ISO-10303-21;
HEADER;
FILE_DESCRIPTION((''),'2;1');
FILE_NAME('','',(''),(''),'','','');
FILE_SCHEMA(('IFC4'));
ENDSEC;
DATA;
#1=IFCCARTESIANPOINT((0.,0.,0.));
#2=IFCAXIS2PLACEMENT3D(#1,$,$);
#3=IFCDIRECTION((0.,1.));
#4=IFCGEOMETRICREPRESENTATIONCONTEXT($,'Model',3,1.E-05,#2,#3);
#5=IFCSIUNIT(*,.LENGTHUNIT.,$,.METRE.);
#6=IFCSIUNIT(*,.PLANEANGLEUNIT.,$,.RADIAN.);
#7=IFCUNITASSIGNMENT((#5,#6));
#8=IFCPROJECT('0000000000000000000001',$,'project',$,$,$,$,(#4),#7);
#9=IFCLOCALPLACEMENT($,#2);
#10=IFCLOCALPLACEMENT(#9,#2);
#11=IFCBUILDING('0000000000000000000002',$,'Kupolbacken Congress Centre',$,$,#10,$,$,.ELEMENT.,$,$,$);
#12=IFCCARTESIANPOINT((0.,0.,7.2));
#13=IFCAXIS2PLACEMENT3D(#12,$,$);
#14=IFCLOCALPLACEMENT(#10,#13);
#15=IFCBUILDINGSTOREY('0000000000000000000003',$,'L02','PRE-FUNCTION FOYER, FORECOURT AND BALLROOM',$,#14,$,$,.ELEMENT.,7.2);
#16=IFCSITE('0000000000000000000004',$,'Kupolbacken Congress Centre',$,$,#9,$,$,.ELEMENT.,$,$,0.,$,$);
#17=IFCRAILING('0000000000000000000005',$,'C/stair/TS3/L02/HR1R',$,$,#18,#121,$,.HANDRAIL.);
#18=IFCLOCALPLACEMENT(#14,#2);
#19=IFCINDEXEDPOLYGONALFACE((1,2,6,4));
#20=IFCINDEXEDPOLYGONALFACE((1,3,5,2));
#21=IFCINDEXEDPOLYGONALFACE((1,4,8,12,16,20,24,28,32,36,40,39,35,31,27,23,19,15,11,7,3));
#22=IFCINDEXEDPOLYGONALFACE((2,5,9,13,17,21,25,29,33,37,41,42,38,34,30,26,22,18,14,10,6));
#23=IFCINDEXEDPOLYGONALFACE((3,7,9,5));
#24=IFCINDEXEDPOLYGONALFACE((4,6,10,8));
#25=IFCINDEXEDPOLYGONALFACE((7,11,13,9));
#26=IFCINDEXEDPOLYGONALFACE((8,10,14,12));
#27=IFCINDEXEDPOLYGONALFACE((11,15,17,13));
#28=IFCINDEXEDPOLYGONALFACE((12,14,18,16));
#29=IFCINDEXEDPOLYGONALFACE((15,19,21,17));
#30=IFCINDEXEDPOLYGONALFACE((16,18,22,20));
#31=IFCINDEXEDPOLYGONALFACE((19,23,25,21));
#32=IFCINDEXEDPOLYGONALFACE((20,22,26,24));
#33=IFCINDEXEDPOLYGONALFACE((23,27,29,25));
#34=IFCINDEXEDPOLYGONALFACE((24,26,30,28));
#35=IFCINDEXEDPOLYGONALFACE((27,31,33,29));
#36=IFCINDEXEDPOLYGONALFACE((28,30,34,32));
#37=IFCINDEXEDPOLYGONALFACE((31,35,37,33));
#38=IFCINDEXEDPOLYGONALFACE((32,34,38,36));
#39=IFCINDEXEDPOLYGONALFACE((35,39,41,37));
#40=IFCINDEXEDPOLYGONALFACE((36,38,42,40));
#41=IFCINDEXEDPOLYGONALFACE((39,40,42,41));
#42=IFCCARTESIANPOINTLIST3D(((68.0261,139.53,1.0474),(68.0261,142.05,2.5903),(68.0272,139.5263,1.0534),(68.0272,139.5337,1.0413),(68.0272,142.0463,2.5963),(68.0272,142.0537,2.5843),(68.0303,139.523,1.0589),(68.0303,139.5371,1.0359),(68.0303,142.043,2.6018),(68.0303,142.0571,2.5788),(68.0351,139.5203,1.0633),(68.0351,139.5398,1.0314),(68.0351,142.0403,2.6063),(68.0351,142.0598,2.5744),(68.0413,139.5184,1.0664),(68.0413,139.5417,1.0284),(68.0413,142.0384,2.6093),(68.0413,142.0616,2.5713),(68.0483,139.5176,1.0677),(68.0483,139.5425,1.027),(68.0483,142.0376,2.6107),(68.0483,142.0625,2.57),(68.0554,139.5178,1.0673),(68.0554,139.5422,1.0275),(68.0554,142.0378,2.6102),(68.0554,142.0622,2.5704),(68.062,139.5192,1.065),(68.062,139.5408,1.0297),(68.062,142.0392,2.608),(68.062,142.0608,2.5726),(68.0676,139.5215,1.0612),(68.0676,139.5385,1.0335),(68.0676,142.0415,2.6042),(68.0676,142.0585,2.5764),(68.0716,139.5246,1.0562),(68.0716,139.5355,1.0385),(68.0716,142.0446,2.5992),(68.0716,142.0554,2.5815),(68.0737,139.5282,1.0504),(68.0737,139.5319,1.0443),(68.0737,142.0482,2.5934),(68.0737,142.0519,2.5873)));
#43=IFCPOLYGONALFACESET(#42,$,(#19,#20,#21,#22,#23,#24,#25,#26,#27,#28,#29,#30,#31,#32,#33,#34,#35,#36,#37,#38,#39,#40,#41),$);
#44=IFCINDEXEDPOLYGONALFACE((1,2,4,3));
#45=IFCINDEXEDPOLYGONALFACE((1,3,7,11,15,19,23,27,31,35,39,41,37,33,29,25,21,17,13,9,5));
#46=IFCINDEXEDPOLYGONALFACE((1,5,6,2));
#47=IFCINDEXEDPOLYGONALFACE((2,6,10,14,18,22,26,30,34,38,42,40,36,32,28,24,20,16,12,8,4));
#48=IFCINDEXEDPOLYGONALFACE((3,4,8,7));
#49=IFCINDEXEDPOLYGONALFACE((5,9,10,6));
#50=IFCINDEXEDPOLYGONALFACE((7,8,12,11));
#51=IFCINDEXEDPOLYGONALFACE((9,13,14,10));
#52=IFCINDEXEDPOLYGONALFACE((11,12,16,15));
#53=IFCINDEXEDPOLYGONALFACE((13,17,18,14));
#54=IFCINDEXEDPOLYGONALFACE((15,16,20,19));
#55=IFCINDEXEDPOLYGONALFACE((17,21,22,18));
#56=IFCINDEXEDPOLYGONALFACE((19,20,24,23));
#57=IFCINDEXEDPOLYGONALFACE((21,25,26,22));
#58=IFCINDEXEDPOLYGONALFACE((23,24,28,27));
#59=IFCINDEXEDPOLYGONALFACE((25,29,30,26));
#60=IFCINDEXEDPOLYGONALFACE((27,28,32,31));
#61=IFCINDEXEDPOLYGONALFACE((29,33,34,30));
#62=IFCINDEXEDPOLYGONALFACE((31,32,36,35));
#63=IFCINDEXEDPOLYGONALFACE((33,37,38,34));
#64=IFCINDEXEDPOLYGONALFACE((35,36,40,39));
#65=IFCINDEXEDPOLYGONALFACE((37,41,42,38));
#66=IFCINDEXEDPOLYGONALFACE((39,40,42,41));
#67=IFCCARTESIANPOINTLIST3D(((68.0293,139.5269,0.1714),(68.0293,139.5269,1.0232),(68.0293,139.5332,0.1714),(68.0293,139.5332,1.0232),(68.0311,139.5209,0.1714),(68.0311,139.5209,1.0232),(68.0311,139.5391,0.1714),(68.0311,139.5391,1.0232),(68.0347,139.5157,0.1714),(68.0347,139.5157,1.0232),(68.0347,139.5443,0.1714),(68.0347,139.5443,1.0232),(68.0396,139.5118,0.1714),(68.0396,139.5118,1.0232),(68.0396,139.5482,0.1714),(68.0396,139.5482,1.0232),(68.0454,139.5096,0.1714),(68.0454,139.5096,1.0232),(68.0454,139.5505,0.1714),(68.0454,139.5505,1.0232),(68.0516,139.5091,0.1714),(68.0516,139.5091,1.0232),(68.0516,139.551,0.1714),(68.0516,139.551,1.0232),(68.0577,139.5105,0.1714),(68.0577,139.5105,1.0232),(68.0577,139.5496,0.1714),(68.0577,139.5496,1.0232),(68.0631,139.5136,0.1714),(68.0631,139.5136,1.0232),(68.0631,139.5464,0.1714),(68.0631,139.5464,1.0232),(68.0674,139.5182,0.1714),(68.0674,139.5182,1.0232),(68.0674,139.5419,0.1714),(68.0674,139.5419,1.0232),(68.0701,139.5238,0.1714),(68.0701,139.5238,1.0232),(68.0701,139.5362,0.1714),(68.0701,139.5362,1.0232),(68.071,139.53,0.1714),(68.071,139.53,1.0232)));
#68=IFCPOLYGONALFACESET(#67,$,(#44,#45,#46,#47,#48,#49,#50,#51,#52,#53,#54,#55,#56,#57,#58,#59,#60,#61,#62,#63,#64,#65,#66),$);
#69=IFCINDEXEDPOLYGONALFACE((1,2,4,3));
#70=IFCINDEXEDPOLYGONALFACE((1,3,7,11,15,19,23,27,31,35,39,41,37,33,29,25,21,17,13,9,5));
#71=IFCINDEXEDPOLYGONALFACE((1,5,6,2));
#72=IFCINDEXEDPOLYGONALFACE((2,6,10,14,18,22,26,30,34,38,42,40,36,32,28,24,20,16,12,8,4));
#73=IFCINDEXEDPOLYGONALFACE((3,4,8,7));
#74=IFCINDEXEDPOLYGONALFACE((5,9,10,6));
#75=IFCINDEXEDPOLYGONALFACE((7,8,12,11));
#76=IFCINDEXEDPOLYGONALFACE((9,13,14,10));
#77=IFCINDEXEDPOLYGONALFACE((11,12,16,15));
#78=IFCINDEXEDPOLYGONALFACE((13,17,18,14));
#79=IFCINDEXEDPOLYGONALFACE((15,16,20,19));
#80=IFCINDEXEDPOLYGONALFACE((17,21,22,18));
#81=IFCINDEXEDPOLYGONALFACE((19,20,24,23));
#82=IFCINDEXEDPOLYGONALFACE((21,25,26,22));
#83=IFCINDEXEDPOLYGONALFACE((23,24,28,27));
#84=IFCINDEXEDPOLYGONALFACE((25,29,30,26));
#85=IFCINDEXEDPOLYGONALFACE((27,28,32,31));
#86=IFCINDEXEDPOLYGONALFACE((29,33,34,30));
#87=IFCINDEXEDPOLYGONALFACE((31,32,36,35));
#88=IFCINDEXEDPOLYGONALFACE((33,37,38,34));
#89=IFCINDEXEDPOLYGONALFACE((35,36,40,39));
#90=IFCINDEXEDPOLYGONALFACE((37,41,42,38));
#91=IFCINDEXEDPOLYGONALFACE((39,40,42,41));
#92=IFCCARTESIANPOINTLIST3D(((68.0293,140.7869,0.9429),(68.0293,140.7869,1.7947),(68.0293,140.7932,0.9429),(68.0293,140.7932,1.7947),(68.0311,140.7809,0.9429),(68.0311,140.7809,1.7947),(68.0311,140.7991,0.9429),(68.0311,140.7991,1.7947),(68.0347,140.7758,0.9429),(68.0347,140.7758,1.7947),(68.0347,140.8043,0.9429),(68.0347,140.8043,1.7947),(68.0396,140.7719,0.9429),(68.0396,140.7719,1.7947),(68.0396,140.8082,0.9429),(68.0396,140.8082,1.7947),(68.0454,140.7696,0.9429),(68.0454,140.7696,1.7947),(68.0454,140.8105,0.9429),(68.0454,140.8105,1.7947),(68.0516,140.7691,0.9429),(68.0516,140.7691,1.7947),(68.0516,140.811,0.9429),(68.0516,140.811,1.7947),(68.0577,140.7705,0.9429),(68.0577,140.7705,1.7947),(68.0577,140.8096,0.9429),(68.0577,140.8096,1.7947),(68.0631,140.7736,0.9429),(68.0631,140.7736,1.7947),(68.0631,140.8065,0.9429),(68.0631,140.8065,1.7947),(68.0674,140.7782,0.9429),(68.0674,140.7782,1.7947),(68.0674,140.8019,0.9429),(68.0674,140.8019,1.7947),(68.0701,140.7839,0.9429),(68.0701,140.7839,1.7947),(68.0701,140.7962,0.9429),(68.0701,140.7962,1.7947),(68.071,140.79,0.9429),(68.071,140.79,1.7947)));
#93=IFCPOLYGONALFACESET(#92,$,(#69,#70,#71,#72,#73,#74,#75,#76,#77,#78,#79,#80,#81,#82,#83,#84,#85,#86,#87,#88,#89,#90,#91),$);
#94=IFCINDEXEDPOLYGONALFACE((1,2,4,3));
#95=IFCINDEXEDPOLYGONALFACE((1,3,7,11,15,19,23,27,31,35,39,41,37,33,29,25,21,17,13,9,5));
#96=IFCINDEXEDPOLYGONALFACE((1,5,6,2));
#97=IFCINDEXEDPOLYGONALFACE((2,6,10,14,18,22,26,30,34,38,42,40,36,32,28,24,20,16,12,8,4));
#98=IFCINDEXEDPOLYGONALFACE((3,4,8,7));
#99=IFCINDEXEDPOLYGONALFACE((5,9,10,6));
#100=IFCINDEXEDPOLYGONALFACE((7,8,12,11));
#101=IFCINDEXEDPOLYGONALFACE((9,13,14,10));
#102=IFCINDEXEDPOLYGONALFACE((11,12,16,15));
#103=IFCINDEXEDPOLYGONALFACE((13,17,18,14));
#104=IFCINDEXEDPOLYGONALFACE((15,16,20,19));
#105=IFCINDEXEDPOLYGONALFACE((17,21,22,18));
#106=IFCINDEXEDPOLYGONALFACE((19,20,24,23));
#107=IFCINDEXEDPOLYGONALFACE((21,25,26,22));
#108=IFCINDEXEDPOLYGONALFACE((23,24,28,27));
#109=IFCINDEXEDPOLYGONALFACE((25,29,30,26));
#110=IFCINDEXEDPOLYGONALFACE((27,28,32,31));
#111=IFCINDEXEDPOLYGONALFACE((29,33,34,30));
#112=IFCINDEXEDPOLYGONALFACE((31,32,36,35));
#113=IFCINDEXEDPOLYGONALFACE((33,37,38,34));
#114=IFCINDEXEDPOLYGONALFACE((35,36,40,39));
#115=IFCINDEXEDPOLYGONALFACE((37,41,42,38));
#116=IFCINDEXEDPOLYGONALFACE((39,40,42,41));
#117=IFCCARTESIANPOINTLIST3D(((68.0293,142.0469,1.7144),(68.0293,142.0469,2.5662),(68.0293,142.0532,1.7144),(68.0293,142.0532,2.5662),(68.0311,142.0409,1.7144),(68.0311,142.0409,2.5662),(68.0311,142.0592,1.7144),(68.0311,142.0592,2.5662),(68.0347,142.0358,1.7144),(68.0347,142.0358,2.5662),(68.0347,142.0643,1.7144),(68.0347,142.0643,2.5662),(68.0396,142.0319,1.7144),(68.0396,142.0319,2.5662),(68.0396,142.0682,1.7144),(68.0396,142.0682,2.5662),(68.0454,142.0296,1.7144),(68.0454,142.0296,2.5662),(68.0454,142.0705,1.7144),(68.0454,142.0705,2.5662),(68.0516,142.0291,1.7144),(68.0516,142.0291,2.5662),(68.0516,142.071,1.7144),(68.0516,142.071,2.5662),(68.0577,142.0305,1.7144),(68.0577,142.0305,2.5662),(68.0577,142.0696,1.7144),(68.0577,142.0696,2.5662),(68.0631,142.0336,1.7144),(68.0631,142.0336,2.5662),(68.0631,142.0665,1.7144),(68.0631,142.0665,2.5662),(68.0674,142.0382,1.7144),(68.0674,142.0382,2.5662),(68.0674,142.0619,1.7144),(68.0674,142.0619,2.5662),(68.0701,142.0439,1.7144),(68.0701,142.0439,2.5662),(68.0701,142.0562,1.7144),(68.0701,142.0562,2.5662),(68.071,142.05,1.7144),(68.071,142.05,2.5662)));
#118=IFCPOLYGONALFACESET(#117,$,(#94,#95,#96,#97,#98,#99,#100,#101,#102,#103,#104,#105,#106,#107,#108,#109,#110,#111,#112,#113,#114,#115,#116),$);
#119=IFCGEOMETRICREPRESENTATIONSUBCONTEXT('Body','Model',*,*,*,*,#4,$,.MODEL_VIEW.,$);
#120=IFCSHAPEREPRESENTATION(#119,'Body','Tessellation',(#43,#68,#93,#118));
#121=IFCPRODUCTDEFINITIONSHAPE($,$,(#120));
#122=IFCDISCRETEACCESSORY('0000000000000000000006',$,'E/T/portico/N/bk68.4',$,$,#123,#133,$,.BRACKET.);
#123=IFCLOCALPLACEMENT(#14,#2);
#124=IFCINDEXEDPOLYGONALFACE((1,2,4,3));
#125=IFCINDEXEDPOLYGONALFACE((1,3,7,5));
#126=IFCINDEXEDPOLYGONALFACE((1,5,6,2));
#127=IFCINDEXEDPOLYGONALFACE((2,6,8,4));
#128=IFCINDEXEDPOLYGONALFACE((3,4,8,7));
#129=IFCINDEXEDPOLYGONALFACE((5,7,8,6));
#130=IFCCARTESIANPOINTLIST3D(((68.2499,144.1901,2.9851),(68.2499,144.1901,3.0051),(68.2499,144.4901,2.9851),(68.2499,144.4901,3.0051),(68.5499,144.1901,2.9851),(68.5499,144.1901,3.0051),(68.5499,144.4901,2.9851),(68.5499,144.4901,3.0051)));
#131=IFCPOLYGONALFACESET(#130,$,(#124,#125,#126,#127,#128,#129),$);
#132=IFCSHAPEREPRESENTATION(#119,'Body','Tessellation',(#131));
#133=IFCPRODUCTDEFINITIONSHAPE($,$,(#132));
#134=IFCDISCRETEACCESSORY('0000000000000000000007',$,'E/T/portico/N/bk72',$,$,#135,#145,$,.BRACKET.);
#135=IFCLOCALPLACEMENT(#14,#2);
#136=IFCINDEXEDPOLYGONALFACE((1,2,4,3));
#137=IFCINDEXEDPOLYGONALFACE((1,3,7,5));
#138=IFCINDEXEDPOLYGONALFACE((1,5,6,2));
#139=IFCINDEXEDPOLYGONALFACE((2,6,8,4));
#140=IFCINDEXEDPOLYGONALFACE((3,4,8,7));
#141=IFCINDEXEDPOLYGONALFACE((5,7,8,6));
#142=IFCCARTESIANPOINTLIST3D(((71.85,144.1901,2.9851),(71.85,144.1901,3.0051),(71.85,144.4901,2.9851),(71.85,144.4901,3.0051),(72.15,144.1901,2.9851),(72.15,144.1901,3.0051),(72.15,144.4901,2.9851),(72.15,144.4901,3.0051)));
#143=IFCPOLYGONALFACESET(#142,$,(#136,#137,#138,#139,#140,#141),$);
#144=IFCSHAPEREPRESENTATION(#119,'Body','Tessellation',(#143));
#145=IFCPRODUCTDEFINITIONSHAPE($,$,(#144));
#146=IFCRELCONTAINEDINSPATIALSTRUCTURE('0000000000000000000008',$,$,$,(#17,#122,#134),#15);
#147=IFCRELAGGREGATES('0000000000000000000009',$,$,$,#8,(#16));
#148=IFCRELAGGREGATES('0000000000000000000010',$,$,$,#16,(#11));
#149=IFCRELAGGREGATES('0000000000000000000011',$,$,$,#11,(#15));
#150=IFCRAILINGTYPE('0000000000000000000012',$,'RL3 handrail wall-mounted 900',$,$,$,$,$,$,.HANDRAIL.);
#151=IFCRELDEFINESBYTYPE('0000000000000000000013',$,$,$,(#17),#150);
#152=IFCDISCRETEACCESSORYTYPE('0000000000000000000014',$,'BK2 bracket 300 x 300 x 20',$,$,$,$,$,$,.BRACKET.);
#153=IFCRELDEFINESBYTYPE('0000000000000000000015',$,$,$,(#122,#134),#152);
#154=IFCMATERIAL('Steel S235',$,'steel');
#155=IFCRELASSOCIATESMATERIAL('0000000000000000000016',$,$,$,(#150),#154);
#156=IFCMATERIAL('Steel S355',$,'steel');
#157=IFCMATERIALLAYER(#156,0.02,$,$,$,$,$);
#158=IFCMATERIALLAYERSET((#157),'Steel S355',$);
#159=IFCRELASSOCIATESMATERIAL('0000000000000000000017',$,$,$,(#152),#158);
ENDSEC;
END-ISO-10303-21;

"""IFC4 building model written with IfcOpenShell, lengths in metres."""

from ifc_helpers import new_model, si_unit, direction, frame, origin, origin_2d, place, context, subcontext, project, spatial, rectangle, circle, extrude, material, layer, layer_set, type_object, element, save


model = new_model("IFC4")

# Units and contexts
model_context = context("Model", 3, precision=1e-05, world=origin(), true_north=direction((0.0, 1.0)))
body_context = subcontext(model_context, "Body", "Model", "MODEL_VIEW")
ifc_project = project(units=[si_unit("LENGTHUNIT", "METRE"), si_unit("PLANEANGLEUNIT", "RADIAN")], contexts=[model_context])

# Site, building, storey
site_placement = place(None, origin())
site = spatial("IfcSite", under=ifc_project, at=site_placement, Name="Kupolbacken Congress Centre", CompositionType="ELEMENT", RefElevation=0.0)
building_placement = place(site_placement, origin())
building = spatial("IfcBuilding", under=site, at=building_placement, Name="Kupolbacken Congress Centre", CompositionType="ELEMENT")
storey_placement = place(building_placement, frame((0.0, 0.0, 7.2)))
storey = spatial("IfcBuildingStorey", under=building, at=storey_placement, Name="L02", Description="PRE-FUNCTION FOYER, FORECOURT AND BALLROOM", CompositionType="ELEMENT", Elevation=7.2)

# Railing
ifc_material_1 = material(Name="Steel S235", Category="steel")
railing_type = type_object("IfcRailingType", Name="RL3 handrail wall-mounted 900", PredefinedType="HANDRAIL", material=ifc_material_1)
railing_placement = place(storey_placement, frame((68.05, 139.53, 0.1714)))
element("IfcRailing", 1, at=railing_placement, inside=storey, type_object=railing_type, Name="C/stair/TS3/L02/HR1R", PredefinedType="HANDRAIL", context=body_context, shape_type="SweptSolid", body=[
    extrude(circle(Radius=0.0239, at=origin_2d()), frame((0.0, 0.0, 0.876), z_axis=(0.0, 0.852836, 0.522178), x_axis=(-1.0, 0.0, 0.0)), (0.0, 0.0, 1.0), 2.9548),
    extrude(circle(Radius=0.021, at=origin_2d()), origin(), (0.0, 0.0, 1.0), 0.8518),
    extrude(circle(Radius=0.021, at=origin_2d()), frame((0.0, 1.26, 0.7715)), (0.0, 0.0, 1.0), 0.8518),
    extrude(circle(Radius=0.021, at=origin_2d()), frame((0.0, 2.52, 1.543)), (0.0, 0.0, 1.0), 0.8518),
])

# Discrete accessories
ifc_material_2 = material(Name="Steel S355", Category="steel")
ifc_layer_1 = layer(ifc_material_2, 0.02)
ifc_layer_set_1 = layer_set([ifc_layer_1], Name="Steel S355")
discrete_accessory_type = type_object("IfcDiscreteAccessoryType", Name="BK2 bracket 300 x 300 x 20", PredefinedType="BRACKET", material=ifc_layer_set_1)
for number, where, z_axis, x_axis, name in (
    (2, (68.3999, 144.3401, 2.9851), (0.0, 0.0, 1.0), (1.0, 0.0, 0.0), "E/T/portico/N/bk68.4"),
    (3, (72.0, 144.3401, 2.9851), (0.0, 0.0, 1.0), (1.0, 0.0, 0.0), "E/T/portico/N/bk72"),
):
    element("IfcDiscreteAccessory", number, at=place(storey_placement, frame(where, z_axis=z_axis, x_axis=x_axis)), inside=storey, type_object=discrete_accessory_type, Name=name, PredefinedType="BRACKET", context=body_context, shape_type="SweptSolid", body=[
        extrude(rectangle(XDim=0.3, YDim=0.3, at=origin_2d()), origin(), (0.0, 0.0, 1.0), 0.02),
    ])

save(model, "model.ifc")
